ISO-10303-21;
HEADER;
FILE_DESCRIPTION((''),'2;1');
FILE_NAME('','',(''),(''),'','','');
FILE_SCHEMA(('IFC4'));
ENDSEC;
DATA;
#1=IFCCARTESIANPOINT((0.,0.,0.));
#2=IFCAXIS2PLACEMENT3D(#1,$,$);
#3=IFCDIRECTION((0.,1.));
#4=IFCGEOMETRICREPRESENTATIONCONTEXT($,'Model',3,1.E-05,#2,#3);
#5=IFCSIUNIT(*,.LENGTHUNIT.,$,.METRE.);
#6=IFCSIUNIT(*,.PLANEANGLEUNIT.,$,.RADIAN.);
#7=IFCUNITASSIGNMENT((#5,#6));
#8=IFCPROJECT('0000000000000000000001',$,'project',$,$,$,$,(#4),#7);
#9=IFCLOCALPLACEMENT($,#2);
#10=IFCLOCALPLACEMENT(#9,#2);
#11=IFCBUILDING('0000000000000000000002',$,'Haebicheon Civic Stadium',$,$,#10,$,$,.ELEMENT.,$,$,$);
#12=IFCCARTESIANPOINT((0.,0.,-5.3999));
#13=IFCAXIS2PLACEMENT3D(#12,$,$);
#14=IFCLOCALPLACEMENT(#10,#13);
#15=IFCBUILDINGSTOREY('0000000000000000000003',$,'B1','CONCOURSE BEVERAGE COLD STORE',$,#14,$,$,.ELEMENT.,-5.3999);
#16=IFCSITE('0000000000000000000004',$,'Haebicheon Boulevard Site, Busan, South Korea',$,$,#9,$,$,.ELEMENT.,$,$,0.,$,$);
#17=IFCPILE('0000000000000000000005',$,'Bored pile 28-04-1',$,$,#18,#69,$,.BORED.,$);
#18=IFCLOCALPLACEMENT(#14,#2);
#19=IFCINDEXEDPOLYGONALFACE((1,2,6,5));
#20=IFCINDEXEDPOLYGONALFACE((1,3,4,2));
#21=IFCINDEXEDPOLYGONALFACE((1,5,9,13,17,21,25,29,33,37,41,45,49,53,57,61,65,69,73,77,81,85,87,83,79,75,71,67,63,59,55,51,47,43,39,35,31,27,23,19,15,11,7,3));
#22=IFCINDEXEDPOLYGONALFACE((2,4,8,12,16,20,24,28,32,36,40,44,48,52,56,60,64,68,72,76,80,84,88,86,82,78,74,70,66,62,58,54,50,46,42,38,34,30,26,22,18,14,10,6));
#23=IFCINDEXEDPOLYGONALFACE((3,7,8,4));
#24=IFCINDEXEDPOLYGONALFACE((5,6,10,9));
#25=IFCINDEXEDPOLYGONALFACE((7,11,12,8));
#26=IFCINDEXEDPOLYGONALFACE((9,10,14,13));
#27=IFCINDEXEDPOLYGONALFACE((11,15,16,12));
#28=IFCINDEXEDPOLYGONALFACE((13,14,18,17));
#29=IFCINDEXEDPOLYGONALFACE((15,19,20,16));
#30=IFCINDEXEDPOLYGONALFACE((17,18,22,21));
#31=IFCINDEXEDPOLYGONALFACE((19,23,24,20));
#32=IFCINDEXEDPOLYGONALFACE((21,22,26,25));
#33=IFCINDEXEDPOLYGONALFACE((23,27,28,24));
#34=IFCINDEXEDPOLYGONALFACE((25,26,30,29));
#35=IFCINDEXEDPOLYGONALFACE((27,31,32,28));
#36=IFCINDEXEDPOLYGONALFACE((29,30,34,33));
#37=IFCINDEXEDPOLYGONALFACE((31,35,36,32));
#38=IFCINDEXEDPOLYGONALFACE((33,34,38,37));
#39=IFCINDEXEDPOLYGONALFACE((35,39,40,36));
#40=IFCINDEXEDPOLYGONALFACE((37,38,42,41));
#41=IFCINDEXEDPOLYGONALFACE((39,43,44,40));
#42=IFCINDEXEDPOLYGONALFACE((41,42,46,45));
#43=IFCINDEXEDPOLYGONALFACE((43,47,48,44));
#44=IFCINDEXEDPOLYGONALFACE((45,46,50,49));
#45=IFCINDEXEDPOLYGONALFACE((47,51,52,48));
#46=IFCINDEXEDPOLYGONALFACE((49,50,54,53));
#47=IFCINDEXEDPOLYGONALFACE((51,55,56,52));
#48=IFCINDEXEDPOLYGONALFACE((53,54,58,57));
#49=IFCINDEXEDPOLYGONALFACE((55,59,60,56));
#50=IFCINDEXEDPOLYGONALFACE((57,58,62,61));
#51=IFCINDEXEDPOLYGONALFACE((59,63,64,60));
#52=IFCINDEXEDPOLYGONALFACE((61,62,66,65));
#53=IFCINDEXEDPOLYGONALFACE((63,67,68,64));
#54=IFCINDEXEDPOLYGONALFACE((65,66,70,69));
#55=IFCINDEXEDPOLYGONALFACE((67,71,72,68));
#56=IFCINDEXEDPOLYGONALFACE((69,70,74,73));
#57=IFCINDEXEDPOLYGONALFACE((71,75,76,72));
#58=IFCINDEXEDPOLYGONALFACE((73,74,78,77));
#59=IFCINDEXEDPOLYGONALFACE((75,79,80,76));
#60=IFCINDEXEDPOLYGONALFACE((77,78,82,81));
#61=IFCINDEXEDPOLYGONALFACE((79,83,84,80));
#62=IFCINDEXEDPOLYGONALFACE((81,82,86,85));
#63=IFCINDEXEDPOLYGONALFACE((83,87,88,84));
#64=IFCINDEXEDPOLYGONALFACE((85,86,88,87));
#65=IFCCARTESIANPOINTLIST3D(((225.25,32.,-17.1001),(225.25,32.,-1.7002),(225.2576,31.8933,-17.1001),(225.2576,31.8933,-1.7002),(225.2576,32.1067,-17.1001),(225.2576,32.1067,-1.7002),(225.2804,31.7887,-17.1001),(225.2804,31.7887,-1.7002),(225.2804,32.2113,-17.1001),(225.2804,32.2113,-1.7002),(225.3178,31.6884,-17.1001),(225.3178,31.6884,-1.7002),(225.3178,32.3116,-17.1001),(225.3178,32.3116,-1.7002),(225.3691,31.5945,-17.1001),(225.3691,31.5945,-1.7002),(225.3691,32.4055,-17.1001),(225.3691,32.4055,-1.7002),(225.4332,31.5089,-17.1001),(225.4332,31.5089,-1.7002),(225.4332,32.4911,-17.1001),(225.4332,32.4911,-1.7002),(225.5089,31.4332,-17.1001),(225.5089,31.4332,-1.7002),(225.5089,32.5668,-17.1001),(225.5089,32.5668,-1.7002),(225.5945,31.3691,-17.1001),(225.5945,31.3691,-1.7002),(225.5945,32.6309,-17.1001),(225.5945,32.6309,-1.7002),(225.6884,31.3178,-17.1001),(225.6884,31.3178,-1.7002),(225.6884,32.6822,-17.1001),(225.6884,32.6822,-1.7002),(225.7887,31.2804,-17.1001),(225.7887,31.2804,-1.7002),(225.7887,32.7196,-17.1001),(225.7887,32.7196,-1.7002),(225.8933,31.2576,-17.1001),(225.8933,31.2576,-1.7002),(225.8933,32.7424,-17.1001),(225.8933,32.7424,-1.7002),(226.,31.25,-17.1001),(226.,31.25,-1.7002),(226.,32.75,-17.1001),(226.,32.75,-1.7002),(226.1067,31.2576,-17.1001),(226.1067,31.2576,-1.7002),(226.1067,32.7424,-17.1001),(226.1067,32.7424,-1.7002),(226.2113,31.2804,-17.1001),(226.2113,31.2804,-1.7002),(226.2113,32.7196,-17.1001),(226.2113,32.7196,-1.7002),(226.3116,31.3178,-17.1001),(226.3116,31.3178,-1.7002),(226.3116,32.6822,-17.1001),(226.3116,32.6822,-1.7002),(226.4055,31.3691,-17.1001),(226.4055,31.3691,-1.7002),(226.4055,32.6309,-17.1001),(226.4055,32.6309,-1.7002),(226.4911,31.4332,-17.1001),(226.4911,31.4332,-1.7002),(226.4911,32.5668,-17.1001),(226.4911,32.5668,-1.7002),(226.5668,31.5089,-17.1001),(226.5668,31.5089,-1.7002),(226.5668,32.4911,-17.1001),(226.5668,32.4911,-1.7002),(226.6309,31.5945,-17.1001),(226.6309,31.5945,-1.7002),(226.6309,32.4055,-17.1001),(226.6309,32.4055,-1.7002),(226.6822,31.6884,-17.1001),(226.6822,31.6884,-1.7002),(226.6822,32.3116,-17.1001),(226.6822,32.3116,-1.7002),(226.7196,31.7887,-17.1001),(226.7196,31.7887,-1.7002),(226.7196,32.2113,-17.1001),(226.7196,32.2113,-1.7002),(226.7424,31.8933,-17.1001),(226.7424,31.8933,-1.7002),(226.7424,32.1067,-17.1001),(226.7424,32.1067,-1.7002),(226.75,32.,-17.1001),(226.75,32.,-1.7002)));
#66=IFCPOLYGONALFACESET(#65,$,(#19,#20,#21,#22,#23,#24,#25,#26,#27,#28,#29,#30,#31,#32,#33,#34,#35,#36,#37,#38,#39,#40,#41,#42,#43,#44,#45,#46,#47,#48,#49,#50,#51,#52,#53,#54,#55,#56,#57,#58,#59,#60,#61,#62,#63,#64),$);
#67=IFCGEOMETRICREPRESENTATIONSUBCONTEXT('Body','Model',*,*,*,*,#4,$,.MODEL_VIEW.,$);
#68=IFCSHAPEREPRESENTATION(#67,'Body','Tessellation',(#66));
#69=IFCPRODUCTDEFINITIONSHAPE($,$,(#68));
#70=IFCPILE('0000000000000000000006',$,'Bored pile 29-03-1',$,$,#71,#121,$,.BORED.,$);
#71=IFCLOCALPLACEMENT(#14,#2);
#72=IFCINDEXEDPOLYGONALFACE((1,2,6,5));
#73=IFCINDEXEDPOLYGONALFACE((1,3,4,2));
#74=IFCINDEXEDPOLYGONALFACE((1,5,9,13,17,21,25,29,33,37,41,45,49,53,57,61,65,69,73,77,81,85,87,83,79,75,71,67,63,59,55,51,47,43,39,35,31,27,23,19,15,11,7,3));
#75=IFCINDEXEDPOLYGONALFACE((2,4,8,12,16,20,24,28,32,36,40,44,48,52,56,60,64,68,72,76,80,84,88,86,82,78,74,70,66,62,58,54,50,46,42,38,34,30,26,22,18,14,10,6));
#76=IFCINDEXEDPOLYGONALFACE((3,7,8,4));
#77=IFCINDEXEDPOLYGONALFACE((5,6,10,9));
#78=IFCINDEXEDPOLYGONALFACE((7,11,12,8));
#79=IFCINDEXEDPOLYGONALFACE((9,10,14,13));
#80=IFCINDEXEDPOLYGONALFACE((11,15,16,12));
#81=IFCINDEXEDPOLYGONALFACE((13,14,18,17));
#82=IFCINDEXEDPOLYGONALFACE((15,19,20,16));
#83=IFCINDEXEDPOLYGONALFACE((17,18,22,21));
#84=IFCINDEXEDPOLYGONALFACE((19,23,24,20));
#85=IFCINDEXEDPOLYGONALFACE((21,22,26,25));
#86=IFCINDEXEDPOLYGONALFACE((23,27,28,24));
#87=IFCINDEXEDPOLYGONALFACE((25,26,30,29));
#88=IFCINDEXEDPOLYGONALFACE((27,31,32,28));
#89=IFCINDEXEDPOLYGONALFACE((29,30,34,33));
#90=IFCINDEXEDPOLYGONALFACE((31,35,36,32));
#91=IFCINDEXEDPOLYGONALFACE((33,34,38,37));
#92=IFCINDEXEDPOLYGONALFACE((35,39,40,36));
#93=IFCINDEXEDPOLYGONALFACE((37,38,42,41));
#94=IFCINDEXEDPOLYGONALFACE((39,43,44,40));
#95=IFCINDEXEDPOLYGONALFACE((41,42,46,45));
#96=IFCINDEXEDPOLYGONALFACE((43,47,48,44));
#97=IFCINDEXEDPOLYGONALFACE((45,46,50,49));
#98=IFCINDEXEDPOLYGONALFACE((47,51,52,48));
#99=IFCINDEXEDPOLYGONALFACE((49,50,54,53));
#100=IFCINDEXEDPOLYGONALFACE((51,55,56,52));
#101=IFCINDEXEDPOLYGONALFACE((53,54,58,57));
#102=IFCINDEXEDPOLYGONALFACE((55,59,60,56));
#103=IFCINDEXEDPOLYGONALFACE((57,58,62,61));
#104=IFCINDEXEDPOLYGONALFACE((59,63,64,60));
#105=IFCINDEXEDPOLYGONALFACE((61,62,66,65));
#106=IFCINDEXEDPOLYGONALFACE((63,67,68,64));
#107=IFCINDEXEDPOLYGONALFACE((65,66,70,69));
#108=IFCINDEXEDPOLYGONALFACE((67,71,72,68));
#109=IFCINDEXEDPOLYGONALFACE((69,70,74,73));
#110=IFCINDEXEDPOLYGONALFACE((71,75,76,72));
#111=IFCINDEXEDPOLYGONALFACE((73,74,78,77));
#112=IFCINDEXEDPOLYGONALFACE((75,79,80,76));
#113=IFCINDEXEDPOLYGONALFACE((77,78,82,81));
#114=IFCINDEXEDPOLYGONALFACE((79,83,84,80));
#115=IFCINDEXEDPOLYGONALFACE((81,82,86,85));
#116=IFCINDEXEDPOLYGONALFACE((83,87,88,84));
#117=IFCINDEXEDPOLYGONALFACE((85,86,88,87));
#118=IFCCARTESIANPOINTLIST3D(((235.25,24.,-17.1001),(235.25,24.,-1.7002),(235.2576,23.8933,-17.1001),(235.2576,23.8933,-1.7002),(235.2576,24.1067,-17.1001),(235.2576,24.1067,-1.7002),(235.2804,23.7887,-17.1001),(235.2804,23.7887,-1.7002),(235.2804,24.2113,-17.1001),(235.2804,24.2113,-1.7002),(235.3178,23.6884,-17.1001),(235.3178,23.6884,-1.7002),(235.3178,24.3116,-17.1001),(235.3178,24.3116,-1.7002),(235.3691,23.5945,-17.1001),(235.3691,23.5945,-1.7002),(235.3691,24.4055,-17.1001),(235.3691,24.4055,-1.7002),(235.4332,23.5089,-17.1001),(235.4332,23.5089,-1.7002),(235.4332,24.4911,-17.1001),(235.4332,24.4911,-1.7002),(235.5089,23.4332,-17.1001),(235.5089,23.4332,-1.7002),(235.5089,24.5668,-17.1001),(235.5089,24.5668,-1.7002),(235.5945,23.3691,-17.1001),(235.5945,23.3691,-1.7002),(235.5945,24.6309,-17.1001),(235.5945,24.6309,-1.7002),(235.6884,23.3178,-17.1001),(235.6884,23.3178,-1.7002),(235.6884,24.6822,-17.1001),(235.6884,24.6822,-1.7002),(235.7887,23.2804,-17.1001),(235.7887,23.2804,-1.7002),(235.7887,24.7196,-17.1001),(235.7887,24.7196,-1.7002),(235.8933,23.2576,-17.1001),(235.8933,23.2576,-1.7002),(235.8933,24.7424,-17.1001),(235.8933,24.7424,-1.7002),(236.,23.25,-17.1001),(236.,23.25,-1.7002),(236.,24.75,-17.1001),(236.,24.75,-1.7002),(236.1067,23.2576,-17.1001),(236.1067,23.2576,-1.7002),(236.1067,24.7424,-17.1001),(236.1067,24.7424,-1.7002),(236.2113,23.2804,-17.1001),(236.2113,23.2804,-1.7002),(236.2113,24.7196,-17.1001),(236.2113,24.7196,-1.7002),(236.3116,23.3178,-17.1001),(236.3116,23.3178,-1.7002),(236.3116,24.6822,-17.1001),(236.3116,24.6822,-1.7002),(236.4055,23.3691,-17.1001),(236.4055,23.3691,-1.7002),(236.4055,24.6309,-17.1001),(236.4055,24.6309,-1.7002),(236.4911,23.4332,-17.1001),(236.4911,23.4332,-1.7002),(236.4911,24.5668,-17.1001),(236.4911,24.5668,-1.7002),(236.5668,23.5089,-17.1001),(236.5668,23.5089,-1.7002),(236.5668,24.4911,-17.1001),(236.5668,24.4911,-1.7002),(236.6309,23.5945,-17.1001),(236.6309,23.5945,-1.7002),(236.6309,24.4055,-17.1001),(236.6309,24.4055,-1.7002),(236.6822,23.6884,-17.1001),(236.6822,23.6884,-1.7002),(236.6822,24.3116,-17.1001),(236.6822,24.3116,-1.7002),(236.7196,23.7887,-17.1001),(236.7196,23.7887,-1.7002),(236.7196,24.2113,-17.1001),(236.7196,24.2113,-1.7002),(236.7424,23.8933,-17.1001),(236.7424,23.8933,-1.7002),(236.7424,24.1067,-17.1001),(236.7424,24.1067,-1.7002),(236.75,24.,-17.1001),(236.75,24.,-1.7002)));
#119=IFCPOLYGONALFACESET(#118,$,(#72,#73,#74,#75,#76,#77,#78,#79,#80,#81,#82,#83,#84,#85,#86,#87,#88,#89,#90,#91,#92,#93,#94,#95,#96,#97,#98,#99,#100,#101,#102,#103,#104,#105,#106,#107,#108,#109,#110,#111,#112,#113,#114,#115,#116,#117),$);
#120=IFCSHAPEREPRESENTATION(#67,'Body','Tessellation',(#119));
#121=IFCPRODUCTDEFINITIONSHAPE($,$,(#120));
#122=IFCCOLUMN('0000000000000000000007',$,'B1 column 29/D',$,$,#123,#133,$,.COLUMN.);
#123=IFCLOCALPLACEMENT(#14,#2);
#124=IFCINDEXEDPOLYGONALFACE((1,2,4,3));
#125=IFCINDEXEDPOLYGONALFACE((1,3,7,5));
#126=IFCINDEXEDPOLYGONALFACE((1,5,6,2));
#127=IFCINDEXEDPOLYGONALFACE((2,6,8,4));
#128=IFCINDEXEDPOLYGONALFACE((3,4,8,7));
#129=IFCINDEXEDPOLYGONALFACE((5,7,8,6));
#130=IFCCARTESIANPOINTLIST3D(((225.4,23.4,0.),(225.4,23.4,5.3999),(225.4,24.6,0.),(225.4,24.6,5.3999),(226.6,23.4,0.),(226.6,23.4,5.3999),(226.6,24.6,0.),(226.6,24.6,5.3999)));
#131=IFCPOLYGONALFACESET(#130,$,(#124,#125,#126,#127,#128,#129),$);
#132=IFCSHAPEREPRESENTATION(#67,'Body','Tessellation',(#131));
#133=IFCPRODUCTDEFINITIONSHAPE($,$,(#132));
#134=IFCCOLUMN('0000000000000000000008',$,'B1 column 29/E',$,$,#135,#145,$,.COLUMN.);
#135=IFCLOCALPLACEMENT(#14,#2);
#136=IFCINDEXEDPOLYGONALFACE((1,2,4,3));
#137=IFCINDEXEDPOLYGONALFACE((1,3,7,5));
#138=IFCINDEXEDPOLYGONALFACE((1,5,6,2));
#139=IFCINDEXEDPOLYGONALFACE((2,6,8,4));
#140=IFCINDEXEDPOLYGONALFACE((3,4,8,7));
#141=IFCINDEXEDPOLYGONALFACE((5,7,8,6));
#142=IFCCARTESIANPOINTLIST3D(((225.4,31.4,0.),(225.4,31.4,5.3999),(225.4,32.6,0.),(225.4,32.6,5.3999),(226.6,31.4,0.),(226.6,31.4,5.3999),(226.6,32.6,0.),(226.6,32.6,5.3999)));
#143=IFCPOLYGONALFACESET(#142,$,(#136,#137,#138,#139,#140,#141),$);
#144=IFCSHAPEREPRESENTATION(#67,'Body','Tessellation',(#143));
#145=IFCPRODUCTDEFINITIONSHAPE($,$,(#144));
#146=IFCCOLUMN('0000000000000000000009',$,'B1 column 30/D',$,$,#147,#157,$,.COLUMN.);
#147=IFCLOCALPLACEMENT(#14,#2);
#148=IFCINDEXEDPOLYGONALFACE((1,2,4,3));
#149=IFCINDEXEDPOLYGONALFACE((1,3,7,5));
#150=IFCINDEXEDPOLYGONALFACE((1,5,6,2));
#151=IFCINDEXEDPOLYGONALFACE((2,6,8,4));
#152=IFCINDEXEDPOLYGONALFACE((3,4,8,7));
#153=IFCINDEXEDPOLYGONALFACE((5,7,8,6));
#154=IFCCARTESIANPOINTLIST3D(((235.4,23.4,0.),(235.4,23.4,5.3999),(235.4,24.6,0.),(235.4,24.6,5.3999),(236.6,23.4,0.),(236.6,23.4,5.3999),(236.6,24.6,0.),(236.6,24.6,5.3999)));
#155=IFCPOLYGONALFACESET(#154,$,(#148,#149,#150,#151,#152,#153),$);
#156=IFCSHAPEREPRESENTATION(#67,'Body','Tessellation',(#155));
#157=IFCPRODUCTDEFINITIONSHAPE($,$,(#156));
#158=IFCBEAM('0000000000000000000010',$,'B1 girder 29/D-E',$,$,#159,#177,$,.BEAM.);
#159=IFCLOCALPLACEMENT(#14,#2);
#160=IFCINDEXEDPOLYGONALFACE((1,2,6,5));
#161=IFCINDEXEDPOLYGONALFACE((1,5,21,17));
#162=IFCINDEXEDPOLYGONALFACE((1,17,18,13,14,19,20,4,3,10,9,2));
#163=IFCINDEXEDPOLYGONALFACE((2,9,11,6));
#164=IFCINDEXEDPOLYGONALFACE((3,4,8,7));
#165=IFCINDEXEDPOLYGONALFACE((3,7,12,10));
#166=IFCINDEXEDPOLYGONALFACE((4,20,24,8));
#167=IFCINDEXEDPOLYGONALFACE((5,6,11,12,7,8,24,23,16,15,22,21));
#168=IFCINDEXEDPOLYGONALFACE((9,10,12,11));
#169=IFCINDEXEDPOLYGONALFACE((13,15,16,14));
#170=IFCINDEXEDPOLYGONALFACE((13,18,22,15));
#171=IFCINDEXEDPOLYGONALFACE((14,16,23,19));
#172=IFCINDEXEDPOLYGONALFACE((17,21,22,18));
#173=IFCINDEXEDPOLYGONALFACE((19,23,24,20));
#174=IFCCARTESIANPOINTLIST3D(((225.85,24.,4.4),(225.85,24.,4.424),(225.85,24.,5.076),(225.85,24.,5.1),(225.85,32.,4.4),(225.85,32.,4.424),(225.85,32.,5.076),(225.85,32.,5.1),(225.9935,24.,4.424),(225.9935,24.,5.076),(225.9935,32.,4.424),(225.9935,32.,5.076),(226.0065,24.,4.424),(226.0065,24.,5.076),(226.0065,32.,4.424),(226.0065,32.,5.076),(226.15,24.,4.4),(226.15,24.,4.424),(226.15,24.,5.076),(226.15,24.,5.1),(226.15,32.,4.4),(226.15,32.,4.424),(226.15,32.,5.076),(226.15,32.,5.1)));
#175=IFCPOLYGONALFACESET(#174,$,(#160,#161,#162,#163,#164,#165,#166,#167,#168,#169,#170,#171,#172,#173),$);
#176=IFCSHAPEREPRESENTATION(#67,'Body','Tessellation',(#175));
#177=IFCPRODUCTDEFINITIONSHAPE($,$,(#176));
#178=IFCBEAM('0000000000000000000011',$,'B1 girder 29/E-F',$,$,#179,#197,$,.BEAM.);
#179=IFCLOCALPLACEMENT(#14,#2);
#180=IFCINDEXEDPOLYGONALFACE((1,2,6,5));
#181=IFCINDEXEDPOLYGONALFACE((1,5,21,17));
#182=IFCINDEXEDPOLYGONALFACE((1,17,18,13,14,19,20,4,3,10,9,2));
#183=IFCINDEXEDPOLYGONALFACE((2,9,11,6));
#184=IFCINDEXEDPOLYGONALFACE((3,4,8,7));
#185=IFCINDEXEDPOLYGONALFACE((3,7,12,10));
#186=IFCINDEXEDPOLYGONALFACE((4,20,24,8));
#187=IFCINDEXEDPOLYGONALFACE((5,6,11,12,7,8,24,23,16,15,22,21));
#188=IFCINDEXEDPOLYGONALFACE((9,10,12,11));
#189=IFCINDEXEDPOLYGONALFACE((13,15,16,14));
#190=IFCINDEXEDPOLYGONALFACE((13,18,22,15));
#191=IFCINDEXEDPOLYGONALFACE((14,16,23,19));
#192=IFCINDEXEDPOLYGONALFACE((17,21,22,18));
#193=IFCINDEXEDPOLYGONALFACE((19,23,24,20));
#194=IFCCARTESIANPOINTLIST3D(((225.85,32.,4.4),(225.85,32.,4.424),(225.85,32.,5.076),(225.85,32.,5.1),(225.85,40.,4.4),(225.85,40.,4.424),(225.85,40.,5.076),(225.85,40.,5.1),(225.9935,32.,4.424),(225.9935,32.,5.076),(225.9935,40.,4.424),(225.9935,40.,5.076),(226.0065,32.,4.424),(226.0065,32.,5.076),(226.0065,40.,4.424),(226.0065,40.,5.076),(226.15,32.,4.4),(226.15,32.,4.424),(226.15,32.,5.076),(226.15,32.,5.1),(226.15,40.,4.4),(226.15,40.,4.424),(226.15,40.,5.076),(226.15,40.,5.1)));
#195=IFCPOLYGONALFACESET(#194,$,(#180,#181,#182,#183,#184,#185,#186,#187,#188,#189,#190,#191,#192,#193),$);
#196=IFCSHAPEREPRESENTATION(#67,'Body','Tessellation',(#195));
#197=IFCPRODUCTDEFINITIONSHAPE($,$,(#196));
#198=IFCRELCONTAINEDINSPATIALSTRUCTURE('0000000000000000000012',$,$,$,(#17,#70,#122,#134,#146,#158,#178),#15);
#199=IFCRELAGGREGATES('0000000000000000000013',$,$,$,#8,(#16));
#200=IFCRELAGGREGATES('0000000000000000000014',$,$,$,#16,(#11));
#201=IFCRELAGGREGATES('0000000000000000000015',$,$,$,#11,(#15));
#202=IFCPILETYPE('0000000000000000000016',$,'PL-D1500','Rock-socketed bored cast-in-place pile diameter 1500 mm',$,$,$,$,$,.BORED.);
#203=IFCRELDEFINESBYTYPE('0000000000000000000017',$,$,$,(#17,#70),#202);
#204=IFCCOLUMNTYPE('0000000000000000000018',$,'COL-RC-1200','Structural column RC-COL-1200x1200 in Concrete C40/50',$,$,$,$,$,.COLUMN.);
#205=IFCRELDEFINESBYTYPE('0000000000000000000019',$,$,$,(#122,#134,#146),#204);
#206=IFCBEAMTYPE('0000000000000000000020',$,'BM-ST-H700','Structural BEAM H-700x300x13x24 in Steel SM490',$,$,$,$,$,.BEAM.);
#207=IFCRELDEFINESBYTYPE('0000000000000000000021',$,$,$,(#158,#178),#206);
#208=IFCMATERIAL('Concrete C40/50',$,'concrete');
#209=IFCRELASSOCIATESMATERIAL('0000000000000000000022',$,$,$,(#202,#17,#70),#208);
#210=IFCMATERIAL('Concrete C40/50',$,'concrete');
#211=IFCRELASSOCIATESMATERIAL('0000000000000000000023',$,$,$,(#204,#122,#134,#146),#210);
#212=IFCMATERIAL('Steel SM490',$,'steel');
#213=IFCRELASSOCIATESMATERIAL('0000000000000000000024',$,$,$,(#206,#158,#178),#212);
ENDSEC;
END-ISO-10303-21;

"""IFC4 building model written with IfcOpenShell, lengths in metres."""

from ifc_helpers import new_model, si_unit, direction, frame, origin, origin_2d, place, context, subcontext, project, spatial, rectangle, circle, i_section, extrude, material, material_profile, profile_set, type_object, element, save


model = new_model("IFC4")

# Units and contexts
model_context = context("Model", 3, precision=1e-05, world=origin(), true_north=direction((0.0, 1.0)))
body_context = subcontext(model_context, "Body", "Model", "MODEL_VIEW")
ifc_project = project(units=[si_unit("LENGTHUNIT", "METRE"), si_unit("PLANEANGLEUNIT", "RADIAN")], contexts=[model_context])

# Site, building, storey
site_placement = place(None, origin())
site = spatial("IfcSite", under=ifc_project, at=site_placement, Name="Haebicheon Boulevard Site, Busan, South Korea", CompositionType="ELEMENT", RefElevation=0.0)
building_placement = place(site_placement, origin())
building = spatial("IfcBuilding", under=site, at=building_placement, Name="Haebicheon Civic Stadium", CompositionType="ELEMENT")
storey_placement = place(building_placement, frame((0.0, 0.0, -5.3999)))
storey = spatial("IfcBuildingStorey", under=building, at=storey_placement, Name="B1", Description="CONCOURSE BEVERAGE COLD STORE", CompositionType="ELEMENT", Elevation=-5.3999)

# Piles
ifc_material_1 = material(Name="Concrete C40/50", Category="concrete")
ifc_material_profile_1 = material_profile(ifc_material_1, circle(Radius=0.75, at=origin_2d()), Name="PILE-D1500")
ifc_profile_set_1 = profile_set([ifc_material_profile_1], Name="Concrete C40/50")
pile_type = type_object("IfcPileType", Name="PL-D1500", Description="Rock-socketed bored cast-in-place pile diameter 1500 mm", PredefinedType="BORED", material=ifc_profile_set_1)
for number, where, z_axis, x_axis, name in (
    (1, (226.0, 32.0, -1.7002), (0.0, 0.0, -1.0), (1.0, 0.0, 0.0), "Bored pile 28-04-1"),
    (2, (236.0, 24.0, -1.7002), (0.0, 0.0, -1.0), (1.0, 0.0, 0.0), "Bored pile 29-03-1"),
):
    element("IfcPile", number, at=place(storey_placement, frame(where, z_axis=z_axis, x_axis=x_axis)), inside=storey, type_object=pile_type, material=ifc_profile_set_1, Name=name, PredefinedType="BORED", context=body_context, shape_type="SweptSolid", body=[
        extrude(circle(Radius=0.75, at=origin_2d()), origin(), (0.0, 0.0, 1.0), 15.3999),
    ])

# Columns
ifc_material_2 = material(Name="Concrete C40/50", Category="concrete")
ifc_material_profile_2 = material_profile(ifc_material_2, rectangle(XDim=1.2, YDim=1.2, at=origin_2d()), Name="RC-COL-1200x1200")
ifc_profile_set_2 = profile_set([ifc_material_profile_2], Name="Concrete C40/50")
column_type = type_object("IfcColumnType", Name="COL-RC-1200", Description="Structural column RC-COL-1200x1200 in Concrete C40/50", PredefinedType="COLUMN", material=ifc_profile_set_2)
for number, where, z_axis, x_axis, name in (
    (3, (226.0, 24.0, 0.0), (0.0, 0.0, 1.0), (1.0, 0.0, 0.0), "B1 column 29/D"),
    (4, (226.0, 32.0, 0.0), (0.0, 0.0, 1.0), (1.0, 0.0, 0.0), "B1 column 29/E"),
    (5, (236.0, 24.0, 0.0), (0.0, 0.0, 1.0), (1.0, 0.0, 0.0), "B1 column 30/D"),
):
    element("IfcColumn", number, at=place(storey_placement, frame(where, z_axis=z_axis, x_axis=x_axis)), inside=storey, type_object=column_type, material=ifc_profile_set_2, Name=name, PredefinedType="COLUMN", context=body_context, shape_type="SweptSolid", body=[
        extrude(rectangle(XDim=1.2, YDim=1.2, at=origin_2d()), origin(), (0.0, 0.0, 1.0), 5.3999),
    ])

# Beams
ifc_material_3 = material(Name="Steel SM490", Category="steel")
ifc_material_profile_3 = material_profile(ifc_material_3, i_section(OverallWidth=0.3, OverallDepth=0.7, WebThickness=0.0129, FlangeThickness=0.0239, at=origin_2d()), Name="H-700x300x13x24")
ifc_profile_set_3 = profile_set([ifc_material_profile_3], Name="Steel SM490")
beam_type_1 = type_object("IfcBeamType", Name="BM-ST-H700", Description="Structural BEAM H-700x300x13x24 in Steel SM490", PredefinedType="BEAM", material=ifc_profile_set_3)
for number, where, z_axis, x_axis, name in (
    (6, (226.0, 24.0, 4.75), (0.0, 1.0, 0.0), (-1.0, 0.0, 0.0), "B1 girder 29/D-E"),
    (7, (226.0, 32.0, 4.75), (0.0, 1.0, 0.0), (-1.0, 0.0, 0.0), "B1 girder 29/E-F"),
):
    element("IfcBeam", number, at=place(storey_placement, frame(where, z_axis=z_axis, x_axis=x_axis)), inside=storey, type_object=beam_type_1, material=ifc_profile_set_3, Name=name, PredefinedType="BEAM", context=body_context, shape_type="SweptSolid", body=[
        extrude(i_section(OverallWidth=0.3, OverallDepth=0.7, WebThickness=0.0129, FlangeThickness=0.0239, at=origin_2d()), origin(), (0.0, 0.0, 1.0), 8.0),
    ])

save(model, "model.ifc")
